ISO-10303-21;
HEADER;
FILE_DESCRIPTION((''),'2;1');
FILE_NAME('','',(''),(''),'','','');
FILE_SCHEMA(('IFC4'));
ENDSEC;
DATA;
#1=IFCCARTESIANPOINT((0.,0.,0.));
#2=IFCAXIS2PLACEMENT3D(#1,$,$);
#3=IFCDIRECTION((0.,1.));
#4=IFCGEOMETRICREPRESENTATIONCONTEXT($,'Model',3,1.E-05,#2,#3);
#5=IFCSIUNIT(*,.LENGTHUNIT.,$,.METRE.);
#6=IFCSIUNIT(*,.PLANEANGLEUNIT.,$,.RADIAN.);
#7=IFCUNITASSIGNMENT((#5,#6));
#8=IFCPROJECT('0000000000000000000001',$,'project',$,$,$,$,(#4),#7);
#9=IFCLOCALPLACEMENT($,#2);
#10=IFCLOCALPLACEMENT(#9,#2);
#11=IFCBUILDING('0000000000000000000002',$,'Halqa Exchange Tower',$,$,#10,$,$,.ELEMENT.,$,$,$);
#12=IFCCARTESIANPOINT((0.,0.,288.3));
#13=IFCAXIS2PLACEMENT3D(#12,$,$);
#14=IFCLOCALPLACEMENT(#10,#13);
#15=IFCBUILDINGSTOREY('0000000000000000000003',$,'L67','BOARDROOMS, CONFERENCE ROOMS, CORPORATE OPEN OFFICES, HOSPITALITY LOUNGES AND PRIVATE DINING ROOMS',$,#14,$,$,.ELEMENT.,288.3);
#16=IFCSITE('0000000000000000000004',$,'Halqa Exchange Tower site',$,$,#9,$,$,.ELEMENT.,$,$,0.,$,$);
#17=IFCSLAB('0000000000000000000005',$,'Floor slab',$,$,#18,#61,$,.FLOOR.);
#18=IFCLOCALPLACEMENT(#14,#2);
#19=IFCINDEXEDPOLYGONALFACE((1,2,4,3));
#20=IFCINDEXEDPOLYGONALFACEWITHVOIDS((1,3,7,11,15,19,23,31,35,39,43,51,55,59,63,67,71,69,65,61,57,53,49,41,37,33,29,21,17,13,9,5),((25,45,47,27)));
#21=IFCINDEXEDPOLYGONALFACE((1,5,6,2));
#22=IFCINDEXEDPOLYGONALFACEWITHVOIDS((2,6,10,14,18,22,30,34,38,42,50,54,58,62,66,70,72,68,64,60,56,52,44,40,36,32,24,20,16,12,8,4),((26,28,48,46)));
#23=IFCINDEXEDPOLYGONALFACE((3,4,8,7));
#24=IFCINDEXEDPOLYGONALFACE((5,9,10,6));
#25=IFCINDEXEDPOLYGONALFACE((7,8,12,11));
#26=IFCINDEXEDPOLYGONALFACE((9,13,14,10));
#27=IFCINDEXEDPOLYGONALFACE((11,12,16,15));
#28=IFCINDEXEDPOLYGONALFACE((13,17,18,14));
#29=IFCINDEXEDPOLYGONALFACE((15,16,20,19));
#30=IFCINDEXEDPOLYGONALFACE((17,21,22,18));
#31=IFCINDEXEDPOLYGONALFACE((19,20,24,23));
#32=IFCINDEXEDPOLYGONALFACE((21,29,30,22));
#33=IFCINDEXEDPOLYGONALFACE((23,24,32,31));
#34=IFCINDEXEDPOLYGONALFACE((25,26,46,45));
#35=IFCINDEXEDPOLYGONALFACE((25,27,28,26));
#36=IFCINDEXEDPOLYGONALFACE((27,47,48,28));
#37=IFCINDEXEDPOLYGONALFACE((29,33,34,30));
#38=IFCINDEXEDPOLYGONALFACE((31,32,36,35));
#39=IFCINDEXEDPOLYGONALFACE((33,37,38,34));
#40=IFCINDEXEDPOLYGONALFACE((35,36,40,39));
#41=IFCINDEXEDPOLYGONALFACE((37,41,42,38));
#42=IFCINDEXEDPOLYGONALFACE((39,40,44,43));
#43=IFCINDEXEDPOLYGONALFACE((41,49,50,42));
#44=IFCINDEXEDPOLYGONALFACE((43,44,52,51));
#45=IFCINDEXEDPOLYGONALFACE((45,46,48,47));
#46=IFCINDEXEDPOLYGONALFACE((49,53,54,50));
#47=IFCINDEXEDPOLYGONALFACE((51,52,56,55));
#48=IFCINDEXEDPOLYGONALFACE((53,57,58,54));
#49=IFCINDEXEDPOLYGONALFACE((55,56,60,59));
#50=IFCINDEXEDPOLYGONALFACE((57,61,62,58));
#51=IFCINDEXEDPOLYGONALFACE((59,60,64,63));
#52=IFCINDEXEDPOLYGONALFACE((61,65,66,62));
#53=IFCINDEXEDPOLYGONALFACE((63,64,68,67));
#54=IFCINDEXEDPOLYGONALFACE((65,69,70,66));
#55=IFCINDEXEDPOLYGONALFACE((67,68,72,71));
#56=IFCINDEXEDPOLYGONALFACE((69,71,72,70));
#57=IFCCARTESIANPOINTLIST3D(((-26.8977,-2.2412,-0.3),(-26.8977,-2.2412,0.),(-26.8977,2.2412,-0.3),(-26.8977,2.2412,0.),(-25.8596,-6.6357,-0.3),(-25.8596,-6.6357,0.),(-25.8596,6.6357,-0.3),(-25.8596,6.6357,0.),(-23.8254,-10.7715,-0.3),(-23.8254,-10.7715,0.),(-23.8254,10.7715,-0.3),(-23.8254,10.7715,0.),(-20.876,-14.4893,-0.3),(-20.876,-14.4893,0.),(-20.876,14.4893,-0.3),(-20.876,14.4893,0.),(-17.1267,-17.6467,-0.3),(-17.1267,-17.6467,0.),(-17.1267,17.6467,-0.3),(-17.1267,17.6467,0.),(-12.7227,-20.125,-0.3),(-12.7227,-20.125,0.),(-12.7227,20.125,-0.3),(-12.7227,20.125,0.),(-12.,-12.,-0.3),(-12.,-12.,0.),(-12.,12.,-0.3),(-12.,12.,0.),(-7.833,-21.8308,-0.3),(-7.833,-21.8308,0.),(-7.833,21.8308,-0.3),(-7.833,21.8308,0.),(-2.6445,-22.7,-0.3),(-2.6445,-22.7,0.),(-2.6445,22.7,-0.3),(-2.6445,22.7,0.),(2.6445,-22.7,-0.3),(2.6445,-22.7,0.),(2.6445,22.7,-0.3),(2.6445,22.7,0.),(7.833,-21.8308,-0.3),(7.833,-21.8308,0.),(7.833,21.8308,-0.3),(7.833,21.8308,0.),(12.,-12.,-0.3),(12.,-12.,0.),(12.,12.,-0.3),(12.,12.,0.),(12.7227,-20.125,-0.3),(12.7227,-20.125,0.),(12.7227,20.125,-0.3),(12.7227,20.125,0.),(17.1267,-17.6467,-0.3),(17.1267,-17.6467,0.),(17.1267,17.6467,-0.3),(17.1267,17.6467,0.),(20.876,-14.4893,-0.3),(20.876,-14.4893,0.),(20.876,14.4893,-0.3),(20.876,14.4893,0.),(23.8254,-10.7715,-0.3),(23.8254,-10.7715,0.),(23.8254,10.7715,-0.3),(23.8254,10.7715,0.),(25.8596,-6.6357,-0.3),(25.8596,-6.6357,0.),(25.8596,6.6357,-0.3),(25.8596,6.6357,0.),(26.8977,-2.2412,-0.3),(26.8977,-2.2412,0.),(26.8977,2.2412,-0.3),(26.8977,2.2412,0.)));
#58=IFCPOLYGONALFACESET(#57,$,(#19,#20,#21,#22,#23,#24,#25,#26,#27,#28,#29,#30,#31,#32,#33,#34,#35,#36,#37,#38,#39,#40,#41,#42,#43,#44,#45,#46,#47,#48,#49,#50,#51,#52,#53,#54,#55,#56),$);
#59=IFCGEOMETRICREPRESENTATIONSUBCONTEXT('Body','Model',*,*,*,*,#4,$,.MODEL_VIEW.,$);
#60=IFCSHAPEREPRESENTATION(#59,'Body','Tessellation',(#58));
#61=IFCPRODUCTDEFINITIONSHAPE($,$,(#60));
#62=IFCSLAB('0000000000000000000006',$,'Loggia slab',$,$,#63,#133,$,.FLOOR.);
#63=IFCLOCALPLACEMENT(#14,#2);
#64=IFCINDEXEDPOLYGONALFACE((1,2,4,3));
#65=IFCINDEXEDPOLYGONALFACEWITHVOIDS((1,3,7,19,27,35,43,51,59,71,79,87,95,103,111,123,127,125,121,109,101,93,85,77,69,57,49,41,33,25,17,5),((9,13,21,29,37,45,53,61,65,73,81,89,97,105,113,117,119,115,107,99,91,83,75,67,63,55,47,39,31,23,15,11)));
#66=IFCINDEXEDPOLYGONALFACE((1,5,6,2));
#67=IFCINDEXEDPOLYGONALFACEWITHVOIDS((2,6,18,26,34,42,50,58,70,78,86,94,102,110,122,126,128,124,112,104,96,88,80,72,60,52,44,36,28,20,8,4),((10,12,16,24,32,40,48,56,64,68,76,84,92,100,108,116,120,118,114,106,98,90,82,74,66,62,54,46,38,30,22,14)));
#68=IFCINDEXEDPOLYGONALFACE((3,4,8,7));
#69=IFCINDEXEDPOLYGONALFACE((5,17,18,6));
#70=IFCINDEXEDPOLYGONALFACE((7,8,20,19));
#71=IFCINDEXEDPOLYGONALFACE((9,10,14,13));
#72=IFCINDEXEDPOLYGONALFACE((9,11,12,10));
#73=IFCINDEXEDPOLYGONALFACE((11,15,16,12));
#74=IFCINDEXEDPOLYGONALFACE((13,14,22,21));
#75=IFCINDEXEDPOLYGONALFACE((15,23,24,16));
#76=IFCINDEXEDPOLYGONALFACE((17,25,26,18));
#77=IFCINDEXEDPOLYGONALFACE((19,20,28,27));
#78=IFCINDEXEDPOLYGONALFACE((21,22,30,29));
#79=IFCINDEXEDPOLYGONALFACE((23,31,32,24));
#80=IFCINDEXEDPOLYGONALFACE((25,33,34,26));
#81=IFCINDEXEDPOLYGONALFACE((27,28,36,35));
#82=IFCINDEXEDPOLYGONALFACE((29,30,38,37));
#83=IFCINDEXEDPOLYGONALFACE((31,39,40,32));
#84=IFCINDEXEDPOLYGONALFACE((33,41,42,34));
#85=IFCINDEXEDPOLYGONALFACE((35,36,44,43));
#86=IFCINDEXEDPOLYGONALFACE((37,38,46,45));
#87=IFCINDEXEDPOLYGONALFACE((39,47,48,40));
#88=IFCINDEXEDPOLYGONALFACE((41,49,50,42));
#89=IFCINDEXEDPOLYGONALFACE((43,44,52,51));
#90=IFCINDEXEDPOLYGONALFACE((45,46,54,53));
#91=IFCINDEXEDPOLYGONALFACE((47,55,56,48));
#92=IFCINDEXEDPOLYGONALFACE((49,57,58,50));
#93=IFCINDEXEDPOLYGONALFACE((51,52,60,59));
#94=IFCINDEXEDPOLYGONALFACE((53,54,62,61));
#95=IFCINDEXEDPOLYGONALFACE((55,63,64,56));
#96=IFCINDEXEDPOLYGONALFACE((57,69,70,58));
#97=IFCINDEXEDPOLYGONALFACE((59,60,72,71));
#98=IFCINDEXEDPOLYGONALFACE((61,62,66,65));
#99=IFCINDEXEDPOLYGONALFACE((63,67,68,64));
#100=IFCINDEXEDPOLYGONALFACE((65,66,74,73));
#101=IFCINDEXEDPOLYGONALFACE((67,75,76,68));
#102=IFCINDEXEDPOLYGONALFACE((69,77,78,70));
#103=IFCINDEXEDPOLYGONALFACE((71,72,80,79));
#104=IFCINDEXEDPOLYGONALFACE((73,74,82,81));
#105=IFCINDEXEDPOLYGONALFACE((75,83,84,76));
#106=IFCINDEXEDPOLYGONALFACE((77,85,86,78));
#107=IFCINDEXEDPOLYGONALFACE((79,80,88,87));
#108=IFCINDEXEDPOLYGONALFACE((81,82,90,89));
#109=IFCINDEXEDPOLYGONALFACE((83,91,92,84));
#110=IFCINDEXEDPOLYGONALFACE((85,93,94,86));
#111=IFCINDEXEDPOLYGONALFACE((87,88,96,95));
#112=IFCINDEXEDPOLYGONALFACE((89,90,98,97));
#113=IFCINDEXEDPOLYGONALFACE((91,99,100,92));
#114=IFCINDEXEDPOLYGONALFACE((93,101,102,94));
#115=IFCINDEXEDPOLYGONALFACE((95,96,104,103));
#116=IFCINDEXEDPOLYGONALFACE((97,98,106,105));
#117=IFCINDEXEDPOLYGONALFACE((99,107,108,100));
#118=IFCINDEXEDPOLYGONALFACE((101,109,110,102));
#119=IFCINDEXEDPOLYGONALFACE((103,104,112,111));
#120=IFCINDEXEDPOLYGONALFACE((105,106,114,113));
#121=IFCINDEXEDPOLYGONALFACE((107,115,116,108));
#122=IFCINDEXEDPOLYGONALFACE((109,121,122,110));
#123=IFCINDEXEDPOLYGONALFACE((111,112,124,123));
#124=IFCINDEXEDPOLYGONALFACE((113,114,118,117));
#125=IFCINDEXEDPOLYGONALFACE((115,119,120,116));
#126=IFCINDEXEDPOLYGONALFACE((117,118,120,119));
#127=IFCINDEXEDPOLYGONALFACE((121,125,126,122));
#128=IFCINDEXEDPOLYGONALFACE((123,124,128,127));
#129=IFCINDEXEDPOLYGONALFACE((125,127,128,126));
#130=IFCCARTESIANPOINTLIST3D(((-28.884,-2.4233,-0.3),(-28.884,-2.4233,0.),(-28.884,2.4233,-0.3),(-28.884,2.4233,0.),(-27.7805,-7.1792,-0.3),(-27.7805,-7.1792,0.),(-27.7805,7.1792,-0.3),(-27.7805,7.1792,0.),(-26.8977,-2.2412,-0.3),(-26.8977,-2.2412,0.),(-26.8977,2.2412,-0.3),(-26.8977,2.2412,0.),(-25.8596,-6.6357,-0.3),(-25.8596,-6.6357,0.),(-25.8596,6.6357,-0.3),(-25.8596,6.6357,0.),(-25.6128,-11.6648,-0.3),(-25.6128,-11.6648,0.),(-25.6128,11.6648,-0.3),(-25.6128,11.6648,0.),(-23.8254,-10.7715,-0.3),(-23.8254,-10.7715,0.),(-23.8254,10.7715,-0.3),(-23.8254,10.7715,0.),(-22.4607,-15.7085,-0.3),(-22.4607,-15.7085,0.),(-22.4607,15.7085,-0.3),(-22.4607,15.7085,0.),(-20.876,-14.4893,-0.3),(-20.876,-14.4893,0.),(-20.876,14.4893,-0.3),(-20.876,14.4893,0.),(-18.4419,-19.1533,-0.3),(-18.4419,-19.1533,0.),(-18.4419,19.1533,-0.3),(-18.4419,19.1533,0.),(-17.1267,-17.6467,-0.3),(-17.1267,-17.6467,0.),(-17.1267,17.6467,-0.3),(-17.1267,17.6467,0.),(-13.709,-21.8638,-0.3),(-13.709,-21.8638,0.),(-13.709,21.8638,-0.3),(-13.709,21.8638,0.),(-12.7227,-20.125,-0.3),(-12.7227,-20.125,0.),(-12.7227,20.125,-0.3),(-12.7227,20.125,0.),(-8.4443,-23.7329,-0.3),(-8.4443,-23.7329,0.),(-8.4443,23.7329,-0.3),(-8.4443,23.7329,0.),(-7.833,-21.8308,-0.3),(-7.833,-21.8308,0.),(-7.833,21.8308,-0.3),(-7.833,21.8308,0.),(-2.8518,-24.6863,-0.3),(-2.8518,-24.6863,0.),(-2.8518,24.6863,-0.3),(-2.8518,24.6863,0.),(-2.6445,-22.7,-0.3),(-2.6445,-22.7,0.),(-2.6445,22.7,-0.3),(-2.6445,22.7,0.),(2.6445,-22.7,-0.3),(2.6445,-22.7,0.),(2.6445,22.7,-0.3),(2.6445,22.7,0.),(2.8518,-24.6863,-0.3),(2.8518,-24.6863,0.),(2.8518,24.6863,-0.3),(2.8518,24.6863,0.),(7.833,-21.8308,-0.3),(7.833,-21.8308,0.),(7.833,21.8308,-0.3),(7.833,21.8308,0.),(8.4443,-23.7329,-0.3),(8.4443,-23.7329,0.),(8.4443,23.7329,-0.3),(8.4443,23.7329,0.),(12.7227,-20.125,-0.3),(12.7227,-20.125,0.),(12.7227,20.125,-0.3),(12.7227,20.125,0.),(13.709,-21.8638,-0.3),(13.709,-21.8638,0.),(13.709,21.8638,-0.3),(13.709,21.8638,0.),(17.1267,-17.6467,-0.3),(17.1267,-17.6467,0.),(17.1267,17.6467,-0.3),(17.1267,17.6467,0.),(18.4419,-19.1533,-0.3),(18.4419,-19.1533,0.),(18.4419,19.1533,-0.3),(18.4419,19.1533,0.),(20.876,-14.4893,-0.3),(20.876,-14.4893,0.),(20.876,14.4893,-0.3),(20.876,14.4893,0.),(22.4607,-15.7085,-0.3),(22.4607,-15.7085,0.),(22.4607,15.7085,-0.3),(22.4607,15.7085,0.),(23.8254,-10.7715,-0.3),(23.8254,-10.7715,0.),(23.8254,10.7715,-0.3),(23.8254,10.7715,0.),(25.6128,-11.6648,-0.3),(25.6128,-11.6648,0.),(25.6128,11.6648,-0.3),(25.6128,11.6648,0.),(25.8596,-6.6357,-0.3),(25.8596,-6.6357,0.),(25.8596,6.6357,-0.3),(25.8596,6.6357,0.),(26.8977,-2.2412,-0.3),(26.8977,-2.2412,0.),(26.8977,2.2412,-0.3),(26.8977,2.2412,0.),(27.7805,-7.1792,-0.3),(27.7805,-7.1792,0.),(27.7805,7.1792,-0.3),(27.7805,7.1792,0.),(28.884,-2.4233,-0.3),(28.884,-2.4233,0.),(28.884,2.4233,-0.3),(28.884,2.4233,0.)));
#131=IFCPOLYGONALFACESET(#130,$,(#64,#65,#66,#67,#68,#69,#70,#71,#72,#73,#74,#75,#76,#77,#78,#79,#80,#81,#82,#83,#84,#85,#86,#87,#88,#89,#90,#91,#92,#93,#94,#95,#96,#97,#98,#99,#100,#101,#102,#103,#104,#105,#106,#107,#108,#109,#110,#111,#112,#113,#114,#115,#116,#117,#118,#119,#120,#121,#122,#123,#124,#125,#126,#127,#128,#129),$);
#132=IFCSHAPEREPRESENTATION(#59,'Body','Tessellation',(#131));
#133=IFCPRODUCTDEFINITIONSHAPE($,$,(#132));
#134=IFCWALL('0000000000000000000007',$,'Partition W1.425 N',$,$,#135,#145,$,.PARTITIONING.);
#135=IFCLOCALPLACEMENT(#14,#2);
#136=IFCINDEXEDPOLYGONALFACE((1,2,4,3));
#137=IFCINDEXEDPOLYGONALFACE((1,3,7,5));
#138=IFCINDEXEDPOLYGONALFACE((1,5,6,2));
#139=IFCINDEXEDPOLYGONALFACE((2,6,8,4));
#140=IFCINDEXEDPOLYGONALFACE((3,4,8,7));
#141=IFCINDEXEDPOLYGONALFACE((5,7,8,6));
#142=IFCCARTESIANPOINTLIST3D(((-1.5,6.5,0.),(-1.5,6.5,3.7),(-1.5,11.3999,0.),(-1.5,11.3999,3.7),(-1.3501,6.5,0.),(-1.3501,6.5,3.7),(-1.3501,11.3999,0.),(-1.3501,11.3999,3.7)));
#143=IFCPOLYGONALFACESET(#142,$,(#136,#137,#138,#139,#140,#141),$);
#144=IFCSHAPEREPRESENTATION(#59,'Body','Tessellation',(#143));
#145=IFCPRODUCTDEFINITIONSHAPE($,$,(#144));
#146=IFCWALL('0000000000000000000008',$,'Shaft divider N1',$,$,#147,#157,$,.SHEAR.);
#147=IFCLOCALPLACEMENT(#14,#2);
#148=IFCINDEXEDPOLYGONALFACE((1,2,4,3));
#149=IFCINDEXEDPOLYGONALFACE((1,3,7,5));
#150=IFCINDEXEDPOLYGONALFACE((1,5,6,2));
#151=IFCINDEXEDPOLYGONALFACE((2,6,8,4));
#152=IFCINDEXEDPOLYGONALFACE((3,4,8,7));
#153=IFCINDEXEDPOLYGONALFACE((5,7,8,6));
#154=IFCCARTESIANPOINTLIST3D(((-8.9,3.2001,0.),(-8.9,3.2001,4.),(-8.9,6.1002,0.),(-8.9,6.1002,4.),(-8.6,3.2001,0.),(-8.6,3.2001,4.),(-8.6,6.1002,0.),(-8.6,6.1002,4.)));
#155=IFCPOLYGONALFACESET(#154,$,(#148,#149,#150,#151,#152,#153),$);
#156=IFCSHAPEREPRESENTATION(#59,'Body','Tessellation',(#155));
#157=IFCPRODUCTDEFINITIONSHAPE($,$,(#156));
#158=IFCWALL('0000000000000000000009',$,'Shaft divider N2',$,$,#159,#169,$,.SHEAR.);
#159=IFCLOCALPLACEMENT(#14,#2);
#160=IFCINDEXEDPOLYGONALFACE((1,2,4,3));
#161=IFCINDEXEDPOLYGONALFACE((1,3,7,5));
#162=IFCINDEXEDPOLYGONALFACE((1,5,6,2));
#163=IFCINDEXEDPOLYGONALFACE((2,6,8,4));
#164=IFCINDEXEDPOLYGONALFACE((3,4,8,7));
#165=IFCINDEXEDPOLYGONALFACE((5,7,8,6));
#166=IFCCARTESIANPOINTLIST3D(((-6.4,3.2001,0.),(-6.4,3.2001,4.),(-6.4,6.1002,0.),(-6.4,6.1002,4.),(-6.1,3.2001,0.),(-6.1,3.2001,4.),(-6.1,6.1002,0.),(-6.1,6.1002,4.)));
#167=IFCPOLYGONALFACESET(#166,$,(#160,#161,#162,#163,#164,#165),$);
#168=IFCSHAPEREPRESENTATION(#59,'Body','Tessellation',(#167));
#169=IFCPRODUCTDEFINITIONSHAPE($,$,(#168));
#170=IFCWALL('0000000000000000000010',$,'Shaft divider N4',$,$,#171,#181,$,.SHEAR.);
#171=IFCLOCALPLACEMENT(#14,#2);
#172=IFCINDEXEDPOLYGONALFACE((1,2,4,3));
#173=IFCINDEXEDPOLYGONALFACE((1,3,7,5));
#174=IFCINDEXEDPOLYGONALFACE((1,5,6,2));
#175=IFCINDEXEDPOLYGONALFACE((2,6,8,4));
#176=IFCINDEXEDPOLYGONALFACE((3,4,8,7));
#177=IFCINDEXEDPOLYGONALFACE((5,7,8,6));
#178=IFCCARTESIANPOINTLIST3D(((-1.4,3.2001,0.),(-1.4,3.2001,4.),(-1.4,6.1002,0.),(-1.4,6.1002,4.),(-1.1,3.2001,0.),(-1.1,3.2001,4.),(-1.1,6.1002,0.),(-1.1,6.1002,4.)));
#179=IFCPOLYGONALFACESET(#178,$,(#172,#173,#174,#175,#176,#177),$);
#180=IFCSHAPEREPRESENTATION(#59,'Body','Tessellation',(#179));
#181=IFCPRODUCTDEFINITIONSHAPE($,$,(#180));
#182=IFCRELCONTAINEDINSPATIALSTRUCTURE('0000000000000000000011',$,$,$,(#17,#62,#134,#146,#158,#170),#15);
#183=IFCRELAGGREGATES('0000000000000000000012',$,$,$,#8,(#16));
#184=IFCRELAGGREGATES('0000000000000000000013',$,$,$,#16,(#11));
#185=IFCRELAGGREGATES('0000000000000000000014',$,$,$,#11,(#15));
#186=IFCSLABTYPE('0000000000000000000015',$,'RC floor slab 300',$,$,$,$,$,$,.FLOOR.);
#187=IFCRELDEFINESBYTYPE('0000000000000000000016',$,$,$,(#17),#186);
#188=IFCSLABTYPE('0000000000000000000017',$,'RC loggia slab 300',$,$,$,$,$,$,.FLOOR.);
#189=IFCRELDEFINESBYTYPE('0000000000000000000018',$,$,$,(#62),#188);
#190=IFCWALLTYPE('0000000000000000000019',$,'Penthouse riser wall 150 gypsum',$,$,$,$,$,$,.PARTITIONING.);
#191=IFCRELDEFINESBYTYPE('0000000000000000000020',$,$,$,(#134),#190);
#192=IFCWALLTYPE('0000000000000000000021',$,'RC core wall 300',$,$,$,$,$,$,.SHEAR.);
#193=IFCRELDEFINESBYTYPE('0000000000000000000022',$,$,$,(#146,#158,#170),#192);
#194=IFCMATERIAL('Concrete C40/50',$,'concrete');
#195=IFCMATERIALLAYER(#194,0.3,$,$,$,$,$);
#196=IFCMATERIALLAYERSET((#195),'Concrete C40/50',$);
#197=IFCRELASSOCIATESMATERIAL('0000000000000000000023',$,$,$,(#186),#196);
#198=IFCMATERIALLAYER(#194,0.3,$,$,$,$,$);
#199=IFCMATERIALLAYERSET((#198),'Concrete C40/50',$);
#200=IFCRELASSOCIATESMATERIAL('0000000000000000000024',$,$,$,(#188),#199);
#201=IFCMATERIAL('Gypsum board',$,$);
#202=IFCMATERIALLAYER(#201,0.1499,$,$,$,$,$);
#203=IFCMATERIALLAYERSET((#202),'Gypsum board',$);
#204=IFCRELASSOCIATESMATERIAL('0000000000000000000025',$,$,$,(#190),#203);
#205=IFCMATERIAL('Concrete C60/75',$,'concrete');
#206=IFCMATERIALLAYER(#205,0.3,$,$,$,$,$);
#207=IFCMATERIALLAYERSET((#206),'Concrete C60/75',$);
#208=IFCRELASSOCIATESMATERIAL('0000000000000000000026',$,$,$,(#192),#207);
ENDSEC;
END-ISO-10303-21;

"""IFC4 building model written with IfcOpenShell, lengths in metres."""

from ifc_helpers import new_model, si_unit, direction, frame, frame_2d, origin, place, context, subcontext, project, spatial, polyline, rectangle, outline, extrude, material, layer, layer_set, type_object, element, save


model = new_model("IFC4")

# Units and contexts
model_context = context("Model", 3, precision=1e-05, world=origin(), true_north=direction((0.0, 1.0)))
body_context = subcontext(model_context, "Body", "Model", "MODEL_VIEW")
ifc_project = project(units=[si_unit("LENGTHUNIT", "METRE"), si_unit("PLANEANGLEUNIT", "RADIAN")], contexts=[model_context])

# Site, building, storey
site_placement = place(None, origin())
site = spatial("IfcSite", under=ifc_project, at=site_placement, Name="Halqa Exchange Tower site", CompositionType="ELEMENT", RefElevation=0.0)
building_placement = place(site_placement, origin())
building = spatial("IfcBuilding", under=site, at=building_placement, Name="Halqa Exchange Tower", CompositionType="ELEMENT")
storey_placement = place(building_placement, frame((0.0, 0.0, 288.3)))
storey = spatial("IfcBuildingStorey", under=building, at=storey_placement, Name="L67", Description="BOARDROOMS, CONFERENCE ROOMS, CORPORATE OPEN OFFICES, HOSPITALITY LOUNGES AND PRIVATE DINING ROOMS", CompositionType="ELEMENT", Elevation=288.3)

# Slabs
ifc_material_1 = material(Name="Concrete C40/50", Category="concrete")
ifc_layer_1 = layer(ifc_material_1, 0.3)
ifc_layer_set_1 = layer_set([ifc_layer_1], Name="Concrete C40/50")
slab_type_1 = type_object("IfcSlabType", Name="RC floor slab 300", PredefinedType="FLOOR", material=ifc_layer_set_1)
slab_1_placement = place(storey_placement, frame((0.0, 0.0, -0.3)))
element("IfcSlab", 1, at=slab_1_placement, inside=storey, type_object=slab_type_1, Name="Floor slab", PredefinedType="FLOOR", context=body_context, shape_type="SweptSolid", body=[
    extrude(outline(polyline([(26.8977, 2.2412), (25.8596, 6.6357), (23.8254, 10.7715), (20.876, 14.4893), (17.1267, 17.6467), (12.7227, 20.125), (7.833, 21.8308), (2.6445, 22.7), (-2.6445, 22.7), (-7.833, 21.8308), (-12.7227, 20.125), (-17.1267, 17.6467), (-20.876, 14.4893), (-23.8254, 10.7715), (-25.8596, 6.6357), (-26.8977, 2.2412), (-26.8977, -2.2412), (-25.8596, -6.6357), (-23.8254, -10.7715), (-20.876, -14.4893), (-17.1267, -17.6467), (-12.7227, -20.125), (-7.833, -21.8308), (-2.6445, -22.7), (2.6445, -22.7), (7.833, -21.8308), (12.7227, -20.125), (17.1267, -17.6467), (20.876, -14.4893), (23.8254, -10.7715), (25.8596, -6.6357), (26.8977, -2.2412), (26.8977, 2.2412)]), holes=[polyline([(-12.0, -12.0), (12.0, -12.0), (12.0, 12.0), (-12.0, 12.0), (-12.0, -12.0)])]), origin(), (0.0, 0.0, 1.0), 0.3),
])
ifc_layer_2 = layer(ifc_material_1, 0.3)
ifc_layer_set_2 = layer_set([ifc_layer_2], Name="Concrete C40/50")
slab_type_2 = type_object("IfcSlabType", Name="RC loggia slab 300", PredefinedType="FLOOR", material=ifc_layer_set_2)
slab_2_placement = place(storey_placement, frame((0.0, 0.0, -0.3)))
element("IfcSlab", 2, at=slab_2_placement, inside=storey, type_object=slab_type_2, Name="Loggia slab", PredefinedType="FLOOR", context=body_context, shape_type="SweptSolid", body=[
    extrude(outline(polyline([(28.884, 2.4233), (28.884, -2.4233), (27.7805, -7.1792), (25.6128, -11.6648), (22.4607, -15.7085), (18.4419, -19.1533), (13.709, -21.8638), (8.4443, -23.7329), (2.8518, -24.6863), (-2.8518, -24.6863), (-8.4443, -23.7329), (-13.709, -21.8638), (-18.4419, -19.1533), (-22.4607, -15.7085), (-25.6128, -11.6648), (-27.7805, -7.1792), (-28.884, -2.4233), (-28.884, 2.4233), (-27.7805, 7.1792), (-25.6128, 11.6648), (-22.4607, 15.7085), (-18.4419, 19.1533), (-13.709, 21.8638), (-8.4443, 23.7329), (-2.8518, 24.6863), (2.8518, 24.6863), (8.4443, 23.7329), (13.709, 21.8638), (18.4419, 19.1533), (22.4607, 15.7085), (25.6128, 11.6648), (27.7805, 7.1792), (28.884, 2.4233)]), holes=[polyline([(26.8977, 2.2412), (25.8596, 6.6357), (23.8254, 10.7715), (20.876, 14.4893), (17.1267, 17.6467), (12.7227, 20.125), (7.833, 21.8308), (2.6445, 22.7), (-2.6445, 22.7), (-7.833, 21.8308), (-12.7227, 20.125), (-17.1267, 17.6467), (-20.876, 14.4893), (-23.8254, 10.7715), (-25.8596, 6.6357), (-26.8977, 2.2412), (-26.8977, -2.2412), (-25.8596, -6.6357), (-23.8254, -10.7715), (-20.876, -14.4893), (-17.1267, -17.6467), (-12.7227, -20.125), (-7.833, -21.8308), (-2.6445, -22.7), (2.6445, -22.7), (7.833, -21.8308), (12.7227, -20.125), (17.1267, -17.6467), (20.876, -14.4893), (23.8254, -10.7715), (25.8596, -6.6357), (26.8977, -2.2412), (26.8977, 2.2412)])]), origin(), (0.0, 0.0, 1.0), 0.3),
])

# Walls
ifc_material_2 = material(Name="Gypsum board")
ifc_layer_3 = layer(ifc_material_2, 0.1499)
ifc_layer_set_3 = layer_set([ifc_layer_3], Name="Gypsum board")
wall_type_1 = type_object("IfcWallType", Name="Penthouse riser wall 150 gypsum", PredefinedType="PARTITIONING", material=ifc_layer_set_3)
wall_1_placement = place(storey_placement, frame((-1.425, 6.5, 0.0), z_axis=(0.0, 0.0, 1.0), x_axis=(0.0, 1.0, 0.0)))
element("IfcWall", 3, at=wall_1_placement, inside=storey, type_object=wall_type_1, Name="Partition W1.425 N", PredefinedType="PARTITIONING", context=body_context, shape_type="SweptSolid", body=[
    extrude(rectangle(XDim=4.8999, YDim=0.1499, at=frame_2d((2.45, 0.0))), origin(), (0.0, 0.0, 1.0), 3.7),
])
ifc_material_3 = material(Name="Concrete C60/75", Category="concrete")
ifc_layer_4 = layer(ifc_material_3, 0.3)
ifc_layer_set_4 = layer_set([ifc_layer_4], Name="Concrete C60/75")
wall_type_2 = type_object("IfcWallType", Name="RC core wall 300", PredefinedType="SHEAR", material=ifc_layer_set_4)
for number, where, z_axis, x_axis, name in (
    (4, (-8.75, 3.2, 0.0), (0.0, 0.0, 1.0), (0.0, 1.0, 0.0), "Shaft divider N1"),
    (5, (-6.25, 3.2, 0.0), (0.0, 0.0, 1.0), (0.0, 1.0, 0.0), "Shaft divider N2"),
    (6, (-1.25, 3.2, 0.0), (0.0, 0.0, 1.0), (0.0, 1.0, 0.0), "Shaft divider N4"),
):
    element("IfcWall", number, at=place(storey_placement, frame(where, z_axis=z_axis, x_axis=x_axis)), inside=storey, type_object=wall_type_2, Name=name, PredefinedType="SHEAR", context=body_context, shape_type="SweptSolid", body=[
        extrude(rectangle(XDim=2.9001, YDim=0.3, at=frame_2d((1.4502, 0.0))), origin(), (0.0, 0.0, 1.0), 4.0),
    ])

save(model, "model.ifc")
